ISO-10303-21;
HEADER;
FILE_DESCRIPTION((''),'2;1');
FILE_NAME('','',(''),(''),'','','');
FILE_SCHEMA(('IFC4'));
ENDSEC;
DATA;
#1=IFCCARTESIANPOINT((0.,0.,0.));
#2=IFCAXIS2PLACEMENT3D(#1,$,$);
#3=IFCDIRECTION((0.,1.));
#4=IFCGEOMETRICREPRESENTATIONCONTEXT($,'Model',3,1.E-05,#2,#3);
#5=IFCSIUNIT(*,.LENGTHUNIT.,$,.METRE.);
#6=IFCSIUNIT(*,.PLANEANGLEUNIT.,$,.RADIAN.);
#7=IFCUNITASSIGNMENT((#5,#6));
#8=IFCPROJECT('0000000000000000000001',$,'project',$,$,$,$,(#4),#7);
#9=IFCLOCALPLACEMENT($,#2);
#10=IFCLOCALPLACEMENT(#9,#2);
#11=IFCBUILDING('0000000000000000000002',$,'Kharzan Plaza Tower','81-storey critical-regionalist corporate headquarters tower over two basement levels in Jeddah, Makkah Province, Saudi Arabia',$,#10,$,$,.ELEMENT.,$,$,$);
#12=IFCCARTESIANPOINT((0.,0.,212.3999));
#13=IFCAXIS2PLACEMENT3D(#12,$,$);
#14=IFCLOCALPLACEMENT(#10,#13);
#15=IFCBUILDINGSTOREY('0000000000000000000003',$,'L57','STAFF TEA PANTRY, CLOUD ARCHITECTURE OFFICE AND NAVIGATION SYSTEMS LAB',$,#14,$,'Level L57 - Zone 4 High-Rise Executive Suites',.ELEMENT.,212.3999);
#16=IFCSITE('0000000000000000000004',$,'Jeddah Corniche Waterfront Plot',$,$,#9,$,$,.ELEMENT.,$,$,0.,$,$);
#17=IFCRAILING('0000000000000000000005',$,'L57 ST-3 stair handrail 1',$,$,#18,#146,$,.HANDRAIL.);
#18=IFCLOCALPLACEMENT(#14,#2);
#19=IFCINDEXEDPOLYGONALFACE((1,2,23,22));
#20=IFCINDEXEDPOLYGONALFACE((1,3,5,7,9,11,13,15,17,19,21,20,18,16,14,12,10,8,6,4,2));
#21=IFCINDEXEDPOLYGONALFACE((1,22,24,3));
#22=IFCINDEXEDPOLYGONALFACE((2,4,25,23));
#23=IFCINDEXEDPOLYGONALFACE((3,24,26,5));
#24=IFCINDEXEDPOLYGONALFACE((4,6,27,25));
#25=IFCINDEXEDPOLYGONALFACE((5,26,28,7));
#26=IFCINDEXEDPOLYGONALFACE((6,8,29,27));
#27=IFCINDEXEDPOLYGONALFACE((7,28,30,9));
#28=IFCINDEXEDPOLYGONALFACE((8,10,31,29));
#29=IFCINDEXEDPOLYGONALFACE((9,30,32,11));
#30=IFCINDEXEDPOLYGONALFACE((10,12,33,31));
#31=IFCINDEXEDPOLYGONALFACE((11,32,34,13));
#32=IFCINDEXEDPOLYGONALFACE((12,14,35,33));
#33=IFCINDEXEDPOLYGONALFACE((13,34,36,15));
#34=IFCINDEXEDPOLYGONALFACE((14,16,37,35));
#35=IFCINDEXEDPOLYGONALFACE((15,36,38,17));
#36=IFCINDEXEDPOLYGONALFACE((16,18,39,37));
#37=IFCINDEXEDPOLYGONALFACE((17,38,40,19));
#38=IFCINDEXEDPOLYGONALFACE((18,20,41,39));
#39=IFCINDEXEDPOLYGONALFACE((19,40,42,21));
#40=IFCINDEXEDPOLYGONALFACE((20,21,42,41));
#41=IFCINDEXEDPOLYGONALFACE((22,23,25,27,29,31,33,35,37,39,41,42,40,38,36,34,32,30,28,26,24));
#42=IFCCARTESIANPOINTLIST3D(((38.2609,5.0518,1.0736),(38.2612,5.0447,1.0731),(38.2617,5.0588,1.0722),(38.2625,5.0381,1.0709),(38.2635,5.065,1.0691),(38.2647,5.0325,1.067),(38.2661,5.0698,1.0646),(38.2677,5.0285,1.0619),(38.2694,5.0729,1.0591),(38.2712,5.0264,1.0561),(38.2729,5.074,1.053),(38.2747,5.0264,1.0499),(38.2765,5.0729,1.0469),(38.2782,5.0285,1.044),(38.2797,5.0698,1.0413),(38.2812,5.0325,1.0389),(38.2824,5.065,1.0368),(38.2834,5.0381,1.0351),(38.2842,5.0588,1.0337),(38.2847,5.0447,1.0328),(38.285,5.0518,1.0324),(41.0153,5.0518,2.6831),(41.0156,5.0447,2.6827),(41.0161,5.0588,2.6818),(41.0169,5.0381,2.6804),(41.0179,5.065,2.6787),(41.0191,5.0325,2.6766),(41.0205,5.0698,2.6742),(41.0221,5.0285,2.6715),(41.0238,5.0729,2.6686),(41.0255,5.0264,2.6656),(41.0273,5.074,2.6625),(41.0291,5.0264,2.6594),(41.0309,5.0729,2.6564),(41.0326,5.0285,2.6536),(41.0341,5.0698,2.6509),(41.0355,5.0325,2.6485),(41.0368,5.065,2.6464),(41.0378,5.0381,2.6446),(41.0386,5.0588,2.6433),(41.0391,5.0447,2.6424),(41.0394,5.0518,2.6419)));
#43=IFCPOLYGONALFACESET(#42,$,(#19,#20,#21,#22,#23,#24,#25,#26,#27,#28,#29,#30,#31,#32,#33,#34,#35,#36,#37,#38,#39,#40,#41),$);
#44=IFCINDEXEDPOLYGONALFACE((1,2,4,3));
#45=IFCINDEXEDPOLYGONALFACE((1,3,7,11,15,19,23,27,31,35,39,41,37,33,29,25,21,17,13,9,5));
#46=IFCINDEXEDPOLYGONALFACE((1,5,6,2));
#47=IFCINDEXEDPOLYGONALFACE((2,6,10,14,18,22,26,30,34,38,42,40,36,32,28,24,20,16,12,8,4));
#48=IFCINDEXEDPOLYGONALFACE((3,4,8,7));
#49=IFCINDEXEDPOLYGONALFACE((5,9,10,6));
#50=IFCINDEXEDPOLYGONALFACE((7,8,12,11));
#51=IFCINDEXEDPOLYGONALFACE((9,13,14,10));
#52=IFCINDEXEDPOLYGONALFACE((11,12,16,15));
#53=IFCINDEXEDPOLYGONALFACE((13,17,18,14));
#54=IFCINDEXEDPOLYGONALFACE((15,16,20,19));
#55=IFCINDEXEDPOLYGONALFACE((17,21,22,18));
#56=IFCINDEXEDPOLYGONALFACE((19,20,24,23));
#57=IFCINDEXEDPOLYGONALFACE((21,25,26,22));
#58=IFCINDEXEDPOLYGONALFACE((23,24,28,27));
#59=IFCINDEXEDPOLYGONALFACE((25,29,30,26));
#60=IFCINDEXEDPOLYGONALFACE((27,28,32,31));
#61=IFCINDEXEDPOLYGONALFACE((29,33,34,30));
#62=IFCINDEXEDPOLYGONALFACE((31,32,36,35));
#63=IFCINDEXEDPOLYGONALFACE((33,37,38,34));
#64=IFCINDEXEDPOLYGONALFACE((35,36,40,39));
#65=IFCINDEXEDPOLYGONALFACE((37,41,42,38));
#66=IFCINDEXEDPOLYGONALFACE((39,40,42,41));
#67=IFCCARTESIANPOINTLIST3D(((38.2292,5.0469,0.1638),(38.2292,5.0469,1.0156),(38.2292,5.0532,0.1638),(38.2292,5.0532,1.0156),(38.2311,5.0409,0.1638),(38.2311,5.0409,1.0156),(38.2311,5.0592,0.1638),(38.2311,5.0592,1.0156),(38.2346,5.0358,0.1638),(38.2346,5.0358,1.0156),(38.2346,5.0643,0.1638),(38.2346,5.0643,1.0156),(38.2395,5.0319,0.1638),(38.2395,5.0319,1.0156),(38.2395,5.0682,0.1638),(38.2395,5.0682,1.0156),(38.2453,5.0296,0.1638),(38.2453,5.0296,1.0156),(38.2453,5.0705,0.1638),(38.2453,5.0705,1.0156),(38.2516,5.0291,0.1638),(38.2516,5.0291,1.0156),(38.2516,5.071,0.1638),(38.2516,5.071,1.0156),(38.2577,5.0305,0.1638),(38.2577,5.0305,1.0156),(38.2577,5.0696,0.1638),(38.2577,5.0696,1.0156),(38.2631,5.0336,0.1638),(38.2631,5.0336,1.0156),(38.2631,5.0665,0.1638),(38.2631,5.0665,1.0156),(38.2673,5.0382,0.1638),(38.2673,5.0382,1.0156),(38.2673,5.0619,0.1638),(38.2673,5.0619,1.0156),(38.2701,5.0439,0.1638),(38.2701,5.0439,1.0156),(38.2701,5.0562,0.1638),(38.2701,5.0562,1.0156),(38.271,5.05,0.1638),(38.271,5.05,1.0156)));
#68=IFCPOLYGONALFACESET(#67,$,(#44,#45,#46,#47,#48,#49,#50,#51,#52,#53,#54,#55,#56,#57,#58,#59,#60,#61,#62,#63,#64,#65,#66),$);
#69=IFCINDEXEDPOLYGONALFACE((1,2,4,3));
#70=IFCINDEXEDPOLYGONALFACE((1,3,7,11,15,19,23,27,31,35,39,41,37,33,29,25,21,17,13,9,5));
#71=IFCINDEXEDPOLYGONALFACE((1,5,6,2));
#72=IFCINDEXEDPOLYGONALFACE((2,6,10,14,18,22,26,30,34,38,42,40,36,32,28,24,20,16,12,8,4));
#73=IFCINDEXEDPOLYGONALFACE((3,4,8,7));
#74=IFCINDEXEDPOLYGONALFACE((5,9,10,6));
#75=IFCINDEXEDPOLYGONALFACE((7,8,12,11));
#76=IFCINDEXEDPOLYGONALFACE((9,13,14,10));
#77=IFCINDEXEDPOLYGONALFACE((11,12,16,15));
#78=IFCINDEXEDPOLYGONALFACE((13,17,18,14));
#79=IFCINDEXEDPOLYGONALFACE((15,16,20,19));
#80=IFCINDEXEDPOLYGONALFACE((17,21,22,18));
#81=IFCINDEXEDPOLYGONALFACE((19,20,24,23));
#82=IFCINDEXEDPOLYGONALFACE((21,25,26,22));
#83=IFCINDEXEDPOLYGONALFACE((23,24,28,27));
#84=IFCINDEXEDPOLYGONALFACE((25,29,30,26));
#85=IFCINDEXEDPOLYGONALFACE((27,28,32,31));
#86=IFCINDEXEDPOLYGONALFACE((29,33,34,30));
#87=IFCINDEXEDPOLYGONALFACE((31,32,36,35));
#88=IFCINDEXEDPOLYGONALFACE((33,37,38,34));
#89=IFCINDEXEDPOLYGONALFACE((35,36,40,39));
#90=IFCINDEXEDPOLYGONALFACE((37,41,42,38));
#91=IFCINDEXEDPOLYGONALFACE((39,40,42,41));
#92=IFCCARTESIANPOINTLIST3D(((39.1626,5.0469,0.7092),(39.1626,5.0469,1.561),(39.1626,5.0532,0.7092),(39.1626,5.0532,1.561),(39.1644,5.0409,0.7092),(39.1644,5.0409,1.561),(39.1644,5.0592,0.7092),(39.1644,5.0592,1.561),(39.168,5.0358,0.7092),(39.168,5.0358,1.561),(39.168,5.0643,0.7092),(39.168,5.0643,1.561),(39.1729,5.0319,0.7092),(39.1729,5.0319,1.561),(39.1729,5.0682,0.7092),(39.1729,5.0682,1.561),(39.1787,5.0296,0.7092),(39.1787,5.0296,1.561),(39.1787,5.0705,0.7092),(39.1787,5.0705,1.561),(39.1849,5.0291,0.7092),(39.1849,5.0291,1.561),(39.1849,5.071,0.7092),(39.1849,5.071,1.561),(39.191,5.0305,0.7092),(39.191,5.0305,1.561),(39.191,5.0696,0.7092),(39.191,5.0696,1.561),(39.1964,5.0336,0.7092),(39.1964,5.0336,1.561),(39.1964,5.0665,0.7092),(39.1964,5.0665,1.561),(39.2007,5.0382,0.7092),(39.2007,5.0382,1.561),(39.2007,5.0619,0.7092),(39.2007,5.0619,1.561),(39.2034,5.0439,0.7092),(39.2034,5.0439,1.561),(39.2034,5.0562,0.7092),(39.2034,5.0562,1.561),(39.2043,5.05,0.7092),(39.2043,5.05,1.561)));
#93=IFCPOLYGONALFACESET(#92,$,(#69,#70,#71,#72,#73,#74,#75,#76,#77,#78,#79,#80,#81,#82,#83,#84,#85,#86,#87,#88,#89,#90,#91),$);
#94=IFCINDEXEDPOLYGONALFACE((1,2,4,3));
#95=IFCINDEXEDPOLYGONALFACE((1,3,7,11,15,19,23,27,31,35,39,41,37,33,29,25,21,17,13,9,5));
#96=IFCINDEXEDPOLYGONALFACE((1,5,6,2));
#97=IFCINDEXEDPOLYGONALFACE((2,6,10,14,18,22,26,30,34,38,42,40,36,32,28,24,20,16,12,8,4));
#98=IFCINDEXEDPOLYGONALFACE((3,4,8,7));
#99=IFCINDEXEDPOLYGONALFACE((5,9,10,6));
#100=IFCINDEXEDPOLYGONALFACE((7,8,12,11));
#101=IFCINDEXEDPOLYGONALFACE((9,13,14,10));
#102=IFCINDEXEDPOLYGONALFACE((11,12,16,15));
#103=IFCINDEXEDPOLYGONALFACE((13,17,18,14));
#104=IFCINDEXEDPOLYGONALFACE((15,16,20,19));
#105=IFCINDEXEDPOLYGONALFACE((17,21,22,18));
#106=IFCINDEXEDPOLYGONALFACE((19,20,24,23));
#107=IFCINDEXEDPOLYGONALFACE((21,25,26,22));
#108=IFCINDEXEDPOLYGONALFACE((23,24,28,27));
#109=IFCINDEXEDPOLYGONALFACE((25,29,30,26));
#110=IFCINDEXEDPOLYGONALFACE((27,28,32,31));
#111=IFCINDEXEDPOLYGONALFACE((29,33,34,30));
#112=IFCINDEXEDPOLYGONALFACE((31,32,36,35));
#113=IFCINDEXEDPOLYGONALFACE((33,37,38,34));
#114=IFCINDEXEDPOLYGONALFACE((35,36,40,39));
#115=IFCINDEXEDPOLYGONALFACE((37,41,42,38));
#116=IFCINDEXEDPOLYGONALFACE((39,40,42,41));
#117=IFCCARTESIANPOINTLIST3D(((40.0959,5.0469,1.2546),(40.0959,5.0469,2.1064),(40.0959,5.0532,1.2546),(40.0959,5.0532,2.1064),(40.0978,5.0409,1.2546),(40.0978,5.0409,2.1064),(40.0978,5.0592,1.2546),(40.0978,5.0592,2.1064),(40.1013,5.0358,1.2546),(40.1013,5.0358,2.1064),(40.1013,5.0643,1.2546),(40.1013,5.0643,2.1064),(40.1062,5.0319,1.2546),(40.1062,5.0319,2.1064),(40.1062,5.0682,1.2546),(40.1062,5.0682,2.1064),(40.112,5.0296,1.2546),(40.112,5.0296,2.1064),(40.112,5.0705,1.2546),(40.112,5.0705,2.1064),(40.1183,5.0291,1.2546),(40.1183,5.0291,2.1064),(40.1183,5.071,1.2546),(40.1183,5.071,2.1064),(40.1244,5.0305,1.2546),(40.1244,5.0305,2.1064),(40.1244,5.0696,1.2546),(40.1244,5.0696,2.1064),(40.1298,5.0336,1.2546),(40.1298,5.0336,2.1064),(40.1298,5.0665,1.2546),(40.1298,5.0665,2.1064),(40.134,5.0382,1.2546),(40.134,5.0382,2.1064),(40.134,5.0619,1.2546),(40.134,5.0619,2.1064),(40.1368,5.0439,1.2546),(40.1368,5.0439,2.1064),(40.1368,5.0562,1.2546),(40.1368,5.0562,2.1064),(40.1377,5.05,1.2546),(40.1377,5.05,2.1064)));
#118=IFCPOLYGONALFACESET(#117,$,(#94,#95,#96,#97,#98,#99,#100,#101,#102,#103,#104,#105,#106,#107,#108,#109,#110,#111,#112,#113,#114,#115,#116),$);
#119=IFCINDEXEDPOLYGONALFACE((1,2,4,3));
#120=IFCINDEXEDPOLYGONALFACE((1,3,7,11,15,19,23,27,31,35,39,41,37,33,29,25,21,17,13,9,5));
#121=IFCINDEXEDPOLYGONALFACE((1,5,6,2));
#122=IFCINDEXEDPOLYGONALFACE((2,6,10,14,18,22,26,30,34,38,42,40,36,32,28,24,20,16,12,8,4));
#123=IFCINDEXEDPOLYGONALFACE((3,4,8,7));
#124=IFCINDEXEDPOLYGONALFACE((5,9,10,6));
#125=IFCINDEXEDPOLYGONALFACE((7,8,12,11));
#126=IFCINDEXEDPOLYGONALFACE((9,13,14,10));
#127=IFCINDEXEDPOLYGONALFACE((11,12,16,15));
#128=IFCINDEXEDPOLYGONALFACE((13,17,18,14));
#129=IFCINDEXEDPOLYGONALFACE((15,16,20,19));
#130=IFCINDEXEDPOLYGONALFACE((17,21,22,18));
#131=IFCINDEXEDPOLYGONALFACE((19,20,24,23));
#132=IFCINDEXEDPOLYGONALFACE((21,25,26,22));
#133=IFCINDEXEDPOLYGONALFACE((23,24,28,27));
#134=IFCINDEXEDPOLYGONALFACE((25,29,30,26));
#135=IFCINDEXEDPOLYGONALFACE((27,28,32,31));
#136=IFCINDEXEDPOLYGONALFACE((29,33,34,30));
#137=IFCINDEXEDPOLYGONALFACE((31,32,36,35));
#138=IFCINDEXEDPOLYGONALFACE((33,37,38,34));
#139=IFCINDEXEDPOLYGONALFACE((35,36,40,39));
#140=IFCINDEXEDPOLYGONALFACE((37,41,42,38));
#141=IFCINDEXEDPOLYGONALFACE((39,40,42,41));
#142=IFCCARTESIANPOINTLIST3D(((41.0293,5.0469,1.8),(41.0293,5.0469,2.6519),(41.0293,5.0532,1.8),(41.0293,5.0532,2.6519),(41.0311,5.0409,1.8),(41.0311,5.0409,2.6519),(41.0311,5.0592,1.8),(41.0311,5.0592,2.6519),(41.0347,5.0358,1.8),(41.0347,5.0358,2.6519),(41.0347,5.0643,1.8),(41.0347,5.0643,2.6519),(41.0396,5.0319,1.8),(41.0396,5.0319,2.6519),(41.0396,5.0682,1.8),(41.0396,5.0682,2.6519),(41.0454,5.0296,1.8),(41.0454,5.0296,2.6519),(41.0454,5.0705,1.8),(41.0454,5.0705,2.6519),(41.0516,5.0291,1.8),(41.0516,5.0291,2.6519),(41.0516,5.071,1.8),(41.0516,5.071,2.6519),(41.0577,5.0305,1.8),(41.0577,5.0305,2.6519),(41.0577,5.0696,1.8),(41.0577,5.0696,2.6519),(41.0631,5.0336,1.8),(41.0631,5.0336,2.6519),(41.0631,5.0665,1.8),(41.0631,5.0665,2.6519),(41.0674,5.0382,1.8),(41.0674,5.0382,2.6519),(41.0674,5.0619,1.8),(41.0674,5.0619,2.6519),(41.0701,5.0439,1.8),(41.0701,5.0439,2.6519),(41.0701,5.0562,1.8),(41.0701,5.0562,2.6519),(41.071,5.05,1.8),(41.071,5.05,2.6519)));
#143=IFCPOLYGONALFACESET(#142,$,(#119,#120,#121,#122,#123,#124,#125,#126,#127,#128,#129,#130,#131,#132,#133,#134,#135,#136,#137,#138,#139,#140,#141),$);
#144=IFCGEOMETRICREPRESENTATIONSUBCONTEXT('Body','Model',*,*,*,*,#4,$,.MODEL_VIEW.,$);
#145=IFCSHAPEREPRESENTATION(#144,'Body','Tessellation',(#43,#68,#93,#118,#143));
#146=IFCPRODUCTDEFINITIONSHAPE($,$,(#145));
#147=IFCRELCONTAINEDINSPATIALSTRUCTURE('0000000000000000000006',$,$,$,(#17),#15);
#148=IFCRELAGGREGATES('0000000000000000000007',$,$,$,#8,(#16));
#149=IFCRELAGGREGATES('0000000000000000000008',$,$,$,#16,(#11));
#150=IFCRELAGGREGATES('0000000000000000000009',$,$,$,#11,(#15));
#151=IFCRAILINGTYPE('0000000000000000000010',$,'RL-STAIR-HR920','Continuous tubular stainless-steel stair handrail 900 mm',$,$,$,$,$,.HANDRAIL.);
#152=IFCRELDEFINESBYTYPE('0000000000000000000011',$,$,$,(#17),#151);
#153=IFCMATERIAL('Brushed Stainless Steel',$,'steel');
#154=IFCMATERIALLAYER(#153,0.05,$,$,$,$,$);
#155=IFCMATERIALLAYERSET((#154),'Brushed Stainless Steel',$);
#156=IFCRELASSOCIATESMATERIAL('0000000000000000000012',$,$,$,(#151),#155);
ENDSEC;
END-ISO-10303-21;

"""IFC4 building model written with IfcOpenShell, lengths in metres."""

from ifc_helpers import new_model, si_unit, direction, frame, origin, origin_2d, place, context, subcontext, project, spatial, circle, extrude, source, transform, mapped, material, layer, layer_set, type_object, element, save


model = new_model("IFC4")

# Units and contexts
model_context = context("Model", 3, precision=1e-05, world=origin(), true_north=direction((0.0, 1.0)))
body_context = subcontext(model_context, "Body", "Model", "MODEL_VIEW")
ifc_project = project(units=[si_unit("LENGTHUNIT", "METRE"), si_unit("PLANEANGLEUNIT", "RADIAN")], contexts=[model_context])

# Site, building, storey
site_placement = place(None, origin())
site = spatial("IfcSite", under=ifc_project, at=site_placement, Name="Jeddah Corniche Waterfront Plot", CompositionType="ELEMENT", RefElevation=0.0)
building_placement = place(site_placement, origin())
building = spatial("IfcBuilding", under=site, at=building_placement, Name="Kharzan Plaza Tower", Description="81-storey critical-regionalist corporate headquarters tower over two basement levels in Jeddah, Makkah Province, Saudi Arabia", CompositionType="ELEMENT")
storey_placement = place(building_placement, frame((0.0, 0.0, 212.3999)))
storey = spatial("IfcBuildingStorey", under=building, at=storey_placement, Name="L57", Description="STAFF TEA PANTRY, CLOUD ARCHITECTURE OFFICE AND NAVIGATION SYSTEMS LAB", LongName="Level L57 - Zone 4 High-Rise Executive Suites", CompositionType="ELEMENT", Elevation=212.3999)

# Shared definitions
ifc_material_1 = material(Name="Brushed Stainless Steel", Category="steel")

# Railing
ifc_layer_1 = layer(ifc_material_1, 0.05)
ifc_layer_set_1 = layer_set([ifc_layer_1], Name="Brushed Stainless Steel")
railing_type_1 = type_object("IfcRailingType", Name="RL-STAIR-HR920", Description="Continuous tubular stainless-steel stair handrail 900 mm", PredefinedType="HANDRAIL", material=ifc_layer_set_1)
shared_shape_1 = source(origin(), body_context, "Body", "SweptSolid", [
    extrude(circle(Radius=0.0239, at=origin_2d()), frame((0.0229, 0.0, 0.8892), z_axis=(0.863394, 0.0, 0.504531), x_axis=(0.0, 1.0, 0.0)), (0.0, 0.0, 1.0), 3.1902),
    extrude(circle(Radius=0.021, at=origin_2d()), origin(), (0.0, 0.0, 1.0), 0.8518),
    extrude(circle(Radius=0.021, at=origin_2d()), frame((0.9333, 0.0, 0.5454)), (0.0, 0.0, 1.0), 0.8518),
    extrude(circle(Radius=0.021, at=origin_2d()), frame((1.8667, 0.0, 1.0908)), (0.0, 0.0, 1.0), 0.8518),
    extrude(circle(Radius=0.021, at=origin_2d()), frame((2.8, 0.0, 1.6362)), (0.0, 0.0, 1.0), 0.8518),
])
railing_1_placement = place(storey_placement, frame((38.25, 5.05, 0.1638)))
element("IfcRailing", 1, at=railing_1_placement, inside=storey, type_object=railing_type_1, Name="L57 ST-3 stair handrail 1", PredefinedType="HANDRAIL", context=body_context, shape_type="MappedRepresentation", body=[
    mapped(shared_shape_1, transform((0.0, 0.0, 0.0), x_axis=(1.0, 0.0, 0.0), y_axis=(0.0, 1.0, 0.0), z_axis=(0.0, 0.0, 1.0))),
])

save(model, "model.ifc")
